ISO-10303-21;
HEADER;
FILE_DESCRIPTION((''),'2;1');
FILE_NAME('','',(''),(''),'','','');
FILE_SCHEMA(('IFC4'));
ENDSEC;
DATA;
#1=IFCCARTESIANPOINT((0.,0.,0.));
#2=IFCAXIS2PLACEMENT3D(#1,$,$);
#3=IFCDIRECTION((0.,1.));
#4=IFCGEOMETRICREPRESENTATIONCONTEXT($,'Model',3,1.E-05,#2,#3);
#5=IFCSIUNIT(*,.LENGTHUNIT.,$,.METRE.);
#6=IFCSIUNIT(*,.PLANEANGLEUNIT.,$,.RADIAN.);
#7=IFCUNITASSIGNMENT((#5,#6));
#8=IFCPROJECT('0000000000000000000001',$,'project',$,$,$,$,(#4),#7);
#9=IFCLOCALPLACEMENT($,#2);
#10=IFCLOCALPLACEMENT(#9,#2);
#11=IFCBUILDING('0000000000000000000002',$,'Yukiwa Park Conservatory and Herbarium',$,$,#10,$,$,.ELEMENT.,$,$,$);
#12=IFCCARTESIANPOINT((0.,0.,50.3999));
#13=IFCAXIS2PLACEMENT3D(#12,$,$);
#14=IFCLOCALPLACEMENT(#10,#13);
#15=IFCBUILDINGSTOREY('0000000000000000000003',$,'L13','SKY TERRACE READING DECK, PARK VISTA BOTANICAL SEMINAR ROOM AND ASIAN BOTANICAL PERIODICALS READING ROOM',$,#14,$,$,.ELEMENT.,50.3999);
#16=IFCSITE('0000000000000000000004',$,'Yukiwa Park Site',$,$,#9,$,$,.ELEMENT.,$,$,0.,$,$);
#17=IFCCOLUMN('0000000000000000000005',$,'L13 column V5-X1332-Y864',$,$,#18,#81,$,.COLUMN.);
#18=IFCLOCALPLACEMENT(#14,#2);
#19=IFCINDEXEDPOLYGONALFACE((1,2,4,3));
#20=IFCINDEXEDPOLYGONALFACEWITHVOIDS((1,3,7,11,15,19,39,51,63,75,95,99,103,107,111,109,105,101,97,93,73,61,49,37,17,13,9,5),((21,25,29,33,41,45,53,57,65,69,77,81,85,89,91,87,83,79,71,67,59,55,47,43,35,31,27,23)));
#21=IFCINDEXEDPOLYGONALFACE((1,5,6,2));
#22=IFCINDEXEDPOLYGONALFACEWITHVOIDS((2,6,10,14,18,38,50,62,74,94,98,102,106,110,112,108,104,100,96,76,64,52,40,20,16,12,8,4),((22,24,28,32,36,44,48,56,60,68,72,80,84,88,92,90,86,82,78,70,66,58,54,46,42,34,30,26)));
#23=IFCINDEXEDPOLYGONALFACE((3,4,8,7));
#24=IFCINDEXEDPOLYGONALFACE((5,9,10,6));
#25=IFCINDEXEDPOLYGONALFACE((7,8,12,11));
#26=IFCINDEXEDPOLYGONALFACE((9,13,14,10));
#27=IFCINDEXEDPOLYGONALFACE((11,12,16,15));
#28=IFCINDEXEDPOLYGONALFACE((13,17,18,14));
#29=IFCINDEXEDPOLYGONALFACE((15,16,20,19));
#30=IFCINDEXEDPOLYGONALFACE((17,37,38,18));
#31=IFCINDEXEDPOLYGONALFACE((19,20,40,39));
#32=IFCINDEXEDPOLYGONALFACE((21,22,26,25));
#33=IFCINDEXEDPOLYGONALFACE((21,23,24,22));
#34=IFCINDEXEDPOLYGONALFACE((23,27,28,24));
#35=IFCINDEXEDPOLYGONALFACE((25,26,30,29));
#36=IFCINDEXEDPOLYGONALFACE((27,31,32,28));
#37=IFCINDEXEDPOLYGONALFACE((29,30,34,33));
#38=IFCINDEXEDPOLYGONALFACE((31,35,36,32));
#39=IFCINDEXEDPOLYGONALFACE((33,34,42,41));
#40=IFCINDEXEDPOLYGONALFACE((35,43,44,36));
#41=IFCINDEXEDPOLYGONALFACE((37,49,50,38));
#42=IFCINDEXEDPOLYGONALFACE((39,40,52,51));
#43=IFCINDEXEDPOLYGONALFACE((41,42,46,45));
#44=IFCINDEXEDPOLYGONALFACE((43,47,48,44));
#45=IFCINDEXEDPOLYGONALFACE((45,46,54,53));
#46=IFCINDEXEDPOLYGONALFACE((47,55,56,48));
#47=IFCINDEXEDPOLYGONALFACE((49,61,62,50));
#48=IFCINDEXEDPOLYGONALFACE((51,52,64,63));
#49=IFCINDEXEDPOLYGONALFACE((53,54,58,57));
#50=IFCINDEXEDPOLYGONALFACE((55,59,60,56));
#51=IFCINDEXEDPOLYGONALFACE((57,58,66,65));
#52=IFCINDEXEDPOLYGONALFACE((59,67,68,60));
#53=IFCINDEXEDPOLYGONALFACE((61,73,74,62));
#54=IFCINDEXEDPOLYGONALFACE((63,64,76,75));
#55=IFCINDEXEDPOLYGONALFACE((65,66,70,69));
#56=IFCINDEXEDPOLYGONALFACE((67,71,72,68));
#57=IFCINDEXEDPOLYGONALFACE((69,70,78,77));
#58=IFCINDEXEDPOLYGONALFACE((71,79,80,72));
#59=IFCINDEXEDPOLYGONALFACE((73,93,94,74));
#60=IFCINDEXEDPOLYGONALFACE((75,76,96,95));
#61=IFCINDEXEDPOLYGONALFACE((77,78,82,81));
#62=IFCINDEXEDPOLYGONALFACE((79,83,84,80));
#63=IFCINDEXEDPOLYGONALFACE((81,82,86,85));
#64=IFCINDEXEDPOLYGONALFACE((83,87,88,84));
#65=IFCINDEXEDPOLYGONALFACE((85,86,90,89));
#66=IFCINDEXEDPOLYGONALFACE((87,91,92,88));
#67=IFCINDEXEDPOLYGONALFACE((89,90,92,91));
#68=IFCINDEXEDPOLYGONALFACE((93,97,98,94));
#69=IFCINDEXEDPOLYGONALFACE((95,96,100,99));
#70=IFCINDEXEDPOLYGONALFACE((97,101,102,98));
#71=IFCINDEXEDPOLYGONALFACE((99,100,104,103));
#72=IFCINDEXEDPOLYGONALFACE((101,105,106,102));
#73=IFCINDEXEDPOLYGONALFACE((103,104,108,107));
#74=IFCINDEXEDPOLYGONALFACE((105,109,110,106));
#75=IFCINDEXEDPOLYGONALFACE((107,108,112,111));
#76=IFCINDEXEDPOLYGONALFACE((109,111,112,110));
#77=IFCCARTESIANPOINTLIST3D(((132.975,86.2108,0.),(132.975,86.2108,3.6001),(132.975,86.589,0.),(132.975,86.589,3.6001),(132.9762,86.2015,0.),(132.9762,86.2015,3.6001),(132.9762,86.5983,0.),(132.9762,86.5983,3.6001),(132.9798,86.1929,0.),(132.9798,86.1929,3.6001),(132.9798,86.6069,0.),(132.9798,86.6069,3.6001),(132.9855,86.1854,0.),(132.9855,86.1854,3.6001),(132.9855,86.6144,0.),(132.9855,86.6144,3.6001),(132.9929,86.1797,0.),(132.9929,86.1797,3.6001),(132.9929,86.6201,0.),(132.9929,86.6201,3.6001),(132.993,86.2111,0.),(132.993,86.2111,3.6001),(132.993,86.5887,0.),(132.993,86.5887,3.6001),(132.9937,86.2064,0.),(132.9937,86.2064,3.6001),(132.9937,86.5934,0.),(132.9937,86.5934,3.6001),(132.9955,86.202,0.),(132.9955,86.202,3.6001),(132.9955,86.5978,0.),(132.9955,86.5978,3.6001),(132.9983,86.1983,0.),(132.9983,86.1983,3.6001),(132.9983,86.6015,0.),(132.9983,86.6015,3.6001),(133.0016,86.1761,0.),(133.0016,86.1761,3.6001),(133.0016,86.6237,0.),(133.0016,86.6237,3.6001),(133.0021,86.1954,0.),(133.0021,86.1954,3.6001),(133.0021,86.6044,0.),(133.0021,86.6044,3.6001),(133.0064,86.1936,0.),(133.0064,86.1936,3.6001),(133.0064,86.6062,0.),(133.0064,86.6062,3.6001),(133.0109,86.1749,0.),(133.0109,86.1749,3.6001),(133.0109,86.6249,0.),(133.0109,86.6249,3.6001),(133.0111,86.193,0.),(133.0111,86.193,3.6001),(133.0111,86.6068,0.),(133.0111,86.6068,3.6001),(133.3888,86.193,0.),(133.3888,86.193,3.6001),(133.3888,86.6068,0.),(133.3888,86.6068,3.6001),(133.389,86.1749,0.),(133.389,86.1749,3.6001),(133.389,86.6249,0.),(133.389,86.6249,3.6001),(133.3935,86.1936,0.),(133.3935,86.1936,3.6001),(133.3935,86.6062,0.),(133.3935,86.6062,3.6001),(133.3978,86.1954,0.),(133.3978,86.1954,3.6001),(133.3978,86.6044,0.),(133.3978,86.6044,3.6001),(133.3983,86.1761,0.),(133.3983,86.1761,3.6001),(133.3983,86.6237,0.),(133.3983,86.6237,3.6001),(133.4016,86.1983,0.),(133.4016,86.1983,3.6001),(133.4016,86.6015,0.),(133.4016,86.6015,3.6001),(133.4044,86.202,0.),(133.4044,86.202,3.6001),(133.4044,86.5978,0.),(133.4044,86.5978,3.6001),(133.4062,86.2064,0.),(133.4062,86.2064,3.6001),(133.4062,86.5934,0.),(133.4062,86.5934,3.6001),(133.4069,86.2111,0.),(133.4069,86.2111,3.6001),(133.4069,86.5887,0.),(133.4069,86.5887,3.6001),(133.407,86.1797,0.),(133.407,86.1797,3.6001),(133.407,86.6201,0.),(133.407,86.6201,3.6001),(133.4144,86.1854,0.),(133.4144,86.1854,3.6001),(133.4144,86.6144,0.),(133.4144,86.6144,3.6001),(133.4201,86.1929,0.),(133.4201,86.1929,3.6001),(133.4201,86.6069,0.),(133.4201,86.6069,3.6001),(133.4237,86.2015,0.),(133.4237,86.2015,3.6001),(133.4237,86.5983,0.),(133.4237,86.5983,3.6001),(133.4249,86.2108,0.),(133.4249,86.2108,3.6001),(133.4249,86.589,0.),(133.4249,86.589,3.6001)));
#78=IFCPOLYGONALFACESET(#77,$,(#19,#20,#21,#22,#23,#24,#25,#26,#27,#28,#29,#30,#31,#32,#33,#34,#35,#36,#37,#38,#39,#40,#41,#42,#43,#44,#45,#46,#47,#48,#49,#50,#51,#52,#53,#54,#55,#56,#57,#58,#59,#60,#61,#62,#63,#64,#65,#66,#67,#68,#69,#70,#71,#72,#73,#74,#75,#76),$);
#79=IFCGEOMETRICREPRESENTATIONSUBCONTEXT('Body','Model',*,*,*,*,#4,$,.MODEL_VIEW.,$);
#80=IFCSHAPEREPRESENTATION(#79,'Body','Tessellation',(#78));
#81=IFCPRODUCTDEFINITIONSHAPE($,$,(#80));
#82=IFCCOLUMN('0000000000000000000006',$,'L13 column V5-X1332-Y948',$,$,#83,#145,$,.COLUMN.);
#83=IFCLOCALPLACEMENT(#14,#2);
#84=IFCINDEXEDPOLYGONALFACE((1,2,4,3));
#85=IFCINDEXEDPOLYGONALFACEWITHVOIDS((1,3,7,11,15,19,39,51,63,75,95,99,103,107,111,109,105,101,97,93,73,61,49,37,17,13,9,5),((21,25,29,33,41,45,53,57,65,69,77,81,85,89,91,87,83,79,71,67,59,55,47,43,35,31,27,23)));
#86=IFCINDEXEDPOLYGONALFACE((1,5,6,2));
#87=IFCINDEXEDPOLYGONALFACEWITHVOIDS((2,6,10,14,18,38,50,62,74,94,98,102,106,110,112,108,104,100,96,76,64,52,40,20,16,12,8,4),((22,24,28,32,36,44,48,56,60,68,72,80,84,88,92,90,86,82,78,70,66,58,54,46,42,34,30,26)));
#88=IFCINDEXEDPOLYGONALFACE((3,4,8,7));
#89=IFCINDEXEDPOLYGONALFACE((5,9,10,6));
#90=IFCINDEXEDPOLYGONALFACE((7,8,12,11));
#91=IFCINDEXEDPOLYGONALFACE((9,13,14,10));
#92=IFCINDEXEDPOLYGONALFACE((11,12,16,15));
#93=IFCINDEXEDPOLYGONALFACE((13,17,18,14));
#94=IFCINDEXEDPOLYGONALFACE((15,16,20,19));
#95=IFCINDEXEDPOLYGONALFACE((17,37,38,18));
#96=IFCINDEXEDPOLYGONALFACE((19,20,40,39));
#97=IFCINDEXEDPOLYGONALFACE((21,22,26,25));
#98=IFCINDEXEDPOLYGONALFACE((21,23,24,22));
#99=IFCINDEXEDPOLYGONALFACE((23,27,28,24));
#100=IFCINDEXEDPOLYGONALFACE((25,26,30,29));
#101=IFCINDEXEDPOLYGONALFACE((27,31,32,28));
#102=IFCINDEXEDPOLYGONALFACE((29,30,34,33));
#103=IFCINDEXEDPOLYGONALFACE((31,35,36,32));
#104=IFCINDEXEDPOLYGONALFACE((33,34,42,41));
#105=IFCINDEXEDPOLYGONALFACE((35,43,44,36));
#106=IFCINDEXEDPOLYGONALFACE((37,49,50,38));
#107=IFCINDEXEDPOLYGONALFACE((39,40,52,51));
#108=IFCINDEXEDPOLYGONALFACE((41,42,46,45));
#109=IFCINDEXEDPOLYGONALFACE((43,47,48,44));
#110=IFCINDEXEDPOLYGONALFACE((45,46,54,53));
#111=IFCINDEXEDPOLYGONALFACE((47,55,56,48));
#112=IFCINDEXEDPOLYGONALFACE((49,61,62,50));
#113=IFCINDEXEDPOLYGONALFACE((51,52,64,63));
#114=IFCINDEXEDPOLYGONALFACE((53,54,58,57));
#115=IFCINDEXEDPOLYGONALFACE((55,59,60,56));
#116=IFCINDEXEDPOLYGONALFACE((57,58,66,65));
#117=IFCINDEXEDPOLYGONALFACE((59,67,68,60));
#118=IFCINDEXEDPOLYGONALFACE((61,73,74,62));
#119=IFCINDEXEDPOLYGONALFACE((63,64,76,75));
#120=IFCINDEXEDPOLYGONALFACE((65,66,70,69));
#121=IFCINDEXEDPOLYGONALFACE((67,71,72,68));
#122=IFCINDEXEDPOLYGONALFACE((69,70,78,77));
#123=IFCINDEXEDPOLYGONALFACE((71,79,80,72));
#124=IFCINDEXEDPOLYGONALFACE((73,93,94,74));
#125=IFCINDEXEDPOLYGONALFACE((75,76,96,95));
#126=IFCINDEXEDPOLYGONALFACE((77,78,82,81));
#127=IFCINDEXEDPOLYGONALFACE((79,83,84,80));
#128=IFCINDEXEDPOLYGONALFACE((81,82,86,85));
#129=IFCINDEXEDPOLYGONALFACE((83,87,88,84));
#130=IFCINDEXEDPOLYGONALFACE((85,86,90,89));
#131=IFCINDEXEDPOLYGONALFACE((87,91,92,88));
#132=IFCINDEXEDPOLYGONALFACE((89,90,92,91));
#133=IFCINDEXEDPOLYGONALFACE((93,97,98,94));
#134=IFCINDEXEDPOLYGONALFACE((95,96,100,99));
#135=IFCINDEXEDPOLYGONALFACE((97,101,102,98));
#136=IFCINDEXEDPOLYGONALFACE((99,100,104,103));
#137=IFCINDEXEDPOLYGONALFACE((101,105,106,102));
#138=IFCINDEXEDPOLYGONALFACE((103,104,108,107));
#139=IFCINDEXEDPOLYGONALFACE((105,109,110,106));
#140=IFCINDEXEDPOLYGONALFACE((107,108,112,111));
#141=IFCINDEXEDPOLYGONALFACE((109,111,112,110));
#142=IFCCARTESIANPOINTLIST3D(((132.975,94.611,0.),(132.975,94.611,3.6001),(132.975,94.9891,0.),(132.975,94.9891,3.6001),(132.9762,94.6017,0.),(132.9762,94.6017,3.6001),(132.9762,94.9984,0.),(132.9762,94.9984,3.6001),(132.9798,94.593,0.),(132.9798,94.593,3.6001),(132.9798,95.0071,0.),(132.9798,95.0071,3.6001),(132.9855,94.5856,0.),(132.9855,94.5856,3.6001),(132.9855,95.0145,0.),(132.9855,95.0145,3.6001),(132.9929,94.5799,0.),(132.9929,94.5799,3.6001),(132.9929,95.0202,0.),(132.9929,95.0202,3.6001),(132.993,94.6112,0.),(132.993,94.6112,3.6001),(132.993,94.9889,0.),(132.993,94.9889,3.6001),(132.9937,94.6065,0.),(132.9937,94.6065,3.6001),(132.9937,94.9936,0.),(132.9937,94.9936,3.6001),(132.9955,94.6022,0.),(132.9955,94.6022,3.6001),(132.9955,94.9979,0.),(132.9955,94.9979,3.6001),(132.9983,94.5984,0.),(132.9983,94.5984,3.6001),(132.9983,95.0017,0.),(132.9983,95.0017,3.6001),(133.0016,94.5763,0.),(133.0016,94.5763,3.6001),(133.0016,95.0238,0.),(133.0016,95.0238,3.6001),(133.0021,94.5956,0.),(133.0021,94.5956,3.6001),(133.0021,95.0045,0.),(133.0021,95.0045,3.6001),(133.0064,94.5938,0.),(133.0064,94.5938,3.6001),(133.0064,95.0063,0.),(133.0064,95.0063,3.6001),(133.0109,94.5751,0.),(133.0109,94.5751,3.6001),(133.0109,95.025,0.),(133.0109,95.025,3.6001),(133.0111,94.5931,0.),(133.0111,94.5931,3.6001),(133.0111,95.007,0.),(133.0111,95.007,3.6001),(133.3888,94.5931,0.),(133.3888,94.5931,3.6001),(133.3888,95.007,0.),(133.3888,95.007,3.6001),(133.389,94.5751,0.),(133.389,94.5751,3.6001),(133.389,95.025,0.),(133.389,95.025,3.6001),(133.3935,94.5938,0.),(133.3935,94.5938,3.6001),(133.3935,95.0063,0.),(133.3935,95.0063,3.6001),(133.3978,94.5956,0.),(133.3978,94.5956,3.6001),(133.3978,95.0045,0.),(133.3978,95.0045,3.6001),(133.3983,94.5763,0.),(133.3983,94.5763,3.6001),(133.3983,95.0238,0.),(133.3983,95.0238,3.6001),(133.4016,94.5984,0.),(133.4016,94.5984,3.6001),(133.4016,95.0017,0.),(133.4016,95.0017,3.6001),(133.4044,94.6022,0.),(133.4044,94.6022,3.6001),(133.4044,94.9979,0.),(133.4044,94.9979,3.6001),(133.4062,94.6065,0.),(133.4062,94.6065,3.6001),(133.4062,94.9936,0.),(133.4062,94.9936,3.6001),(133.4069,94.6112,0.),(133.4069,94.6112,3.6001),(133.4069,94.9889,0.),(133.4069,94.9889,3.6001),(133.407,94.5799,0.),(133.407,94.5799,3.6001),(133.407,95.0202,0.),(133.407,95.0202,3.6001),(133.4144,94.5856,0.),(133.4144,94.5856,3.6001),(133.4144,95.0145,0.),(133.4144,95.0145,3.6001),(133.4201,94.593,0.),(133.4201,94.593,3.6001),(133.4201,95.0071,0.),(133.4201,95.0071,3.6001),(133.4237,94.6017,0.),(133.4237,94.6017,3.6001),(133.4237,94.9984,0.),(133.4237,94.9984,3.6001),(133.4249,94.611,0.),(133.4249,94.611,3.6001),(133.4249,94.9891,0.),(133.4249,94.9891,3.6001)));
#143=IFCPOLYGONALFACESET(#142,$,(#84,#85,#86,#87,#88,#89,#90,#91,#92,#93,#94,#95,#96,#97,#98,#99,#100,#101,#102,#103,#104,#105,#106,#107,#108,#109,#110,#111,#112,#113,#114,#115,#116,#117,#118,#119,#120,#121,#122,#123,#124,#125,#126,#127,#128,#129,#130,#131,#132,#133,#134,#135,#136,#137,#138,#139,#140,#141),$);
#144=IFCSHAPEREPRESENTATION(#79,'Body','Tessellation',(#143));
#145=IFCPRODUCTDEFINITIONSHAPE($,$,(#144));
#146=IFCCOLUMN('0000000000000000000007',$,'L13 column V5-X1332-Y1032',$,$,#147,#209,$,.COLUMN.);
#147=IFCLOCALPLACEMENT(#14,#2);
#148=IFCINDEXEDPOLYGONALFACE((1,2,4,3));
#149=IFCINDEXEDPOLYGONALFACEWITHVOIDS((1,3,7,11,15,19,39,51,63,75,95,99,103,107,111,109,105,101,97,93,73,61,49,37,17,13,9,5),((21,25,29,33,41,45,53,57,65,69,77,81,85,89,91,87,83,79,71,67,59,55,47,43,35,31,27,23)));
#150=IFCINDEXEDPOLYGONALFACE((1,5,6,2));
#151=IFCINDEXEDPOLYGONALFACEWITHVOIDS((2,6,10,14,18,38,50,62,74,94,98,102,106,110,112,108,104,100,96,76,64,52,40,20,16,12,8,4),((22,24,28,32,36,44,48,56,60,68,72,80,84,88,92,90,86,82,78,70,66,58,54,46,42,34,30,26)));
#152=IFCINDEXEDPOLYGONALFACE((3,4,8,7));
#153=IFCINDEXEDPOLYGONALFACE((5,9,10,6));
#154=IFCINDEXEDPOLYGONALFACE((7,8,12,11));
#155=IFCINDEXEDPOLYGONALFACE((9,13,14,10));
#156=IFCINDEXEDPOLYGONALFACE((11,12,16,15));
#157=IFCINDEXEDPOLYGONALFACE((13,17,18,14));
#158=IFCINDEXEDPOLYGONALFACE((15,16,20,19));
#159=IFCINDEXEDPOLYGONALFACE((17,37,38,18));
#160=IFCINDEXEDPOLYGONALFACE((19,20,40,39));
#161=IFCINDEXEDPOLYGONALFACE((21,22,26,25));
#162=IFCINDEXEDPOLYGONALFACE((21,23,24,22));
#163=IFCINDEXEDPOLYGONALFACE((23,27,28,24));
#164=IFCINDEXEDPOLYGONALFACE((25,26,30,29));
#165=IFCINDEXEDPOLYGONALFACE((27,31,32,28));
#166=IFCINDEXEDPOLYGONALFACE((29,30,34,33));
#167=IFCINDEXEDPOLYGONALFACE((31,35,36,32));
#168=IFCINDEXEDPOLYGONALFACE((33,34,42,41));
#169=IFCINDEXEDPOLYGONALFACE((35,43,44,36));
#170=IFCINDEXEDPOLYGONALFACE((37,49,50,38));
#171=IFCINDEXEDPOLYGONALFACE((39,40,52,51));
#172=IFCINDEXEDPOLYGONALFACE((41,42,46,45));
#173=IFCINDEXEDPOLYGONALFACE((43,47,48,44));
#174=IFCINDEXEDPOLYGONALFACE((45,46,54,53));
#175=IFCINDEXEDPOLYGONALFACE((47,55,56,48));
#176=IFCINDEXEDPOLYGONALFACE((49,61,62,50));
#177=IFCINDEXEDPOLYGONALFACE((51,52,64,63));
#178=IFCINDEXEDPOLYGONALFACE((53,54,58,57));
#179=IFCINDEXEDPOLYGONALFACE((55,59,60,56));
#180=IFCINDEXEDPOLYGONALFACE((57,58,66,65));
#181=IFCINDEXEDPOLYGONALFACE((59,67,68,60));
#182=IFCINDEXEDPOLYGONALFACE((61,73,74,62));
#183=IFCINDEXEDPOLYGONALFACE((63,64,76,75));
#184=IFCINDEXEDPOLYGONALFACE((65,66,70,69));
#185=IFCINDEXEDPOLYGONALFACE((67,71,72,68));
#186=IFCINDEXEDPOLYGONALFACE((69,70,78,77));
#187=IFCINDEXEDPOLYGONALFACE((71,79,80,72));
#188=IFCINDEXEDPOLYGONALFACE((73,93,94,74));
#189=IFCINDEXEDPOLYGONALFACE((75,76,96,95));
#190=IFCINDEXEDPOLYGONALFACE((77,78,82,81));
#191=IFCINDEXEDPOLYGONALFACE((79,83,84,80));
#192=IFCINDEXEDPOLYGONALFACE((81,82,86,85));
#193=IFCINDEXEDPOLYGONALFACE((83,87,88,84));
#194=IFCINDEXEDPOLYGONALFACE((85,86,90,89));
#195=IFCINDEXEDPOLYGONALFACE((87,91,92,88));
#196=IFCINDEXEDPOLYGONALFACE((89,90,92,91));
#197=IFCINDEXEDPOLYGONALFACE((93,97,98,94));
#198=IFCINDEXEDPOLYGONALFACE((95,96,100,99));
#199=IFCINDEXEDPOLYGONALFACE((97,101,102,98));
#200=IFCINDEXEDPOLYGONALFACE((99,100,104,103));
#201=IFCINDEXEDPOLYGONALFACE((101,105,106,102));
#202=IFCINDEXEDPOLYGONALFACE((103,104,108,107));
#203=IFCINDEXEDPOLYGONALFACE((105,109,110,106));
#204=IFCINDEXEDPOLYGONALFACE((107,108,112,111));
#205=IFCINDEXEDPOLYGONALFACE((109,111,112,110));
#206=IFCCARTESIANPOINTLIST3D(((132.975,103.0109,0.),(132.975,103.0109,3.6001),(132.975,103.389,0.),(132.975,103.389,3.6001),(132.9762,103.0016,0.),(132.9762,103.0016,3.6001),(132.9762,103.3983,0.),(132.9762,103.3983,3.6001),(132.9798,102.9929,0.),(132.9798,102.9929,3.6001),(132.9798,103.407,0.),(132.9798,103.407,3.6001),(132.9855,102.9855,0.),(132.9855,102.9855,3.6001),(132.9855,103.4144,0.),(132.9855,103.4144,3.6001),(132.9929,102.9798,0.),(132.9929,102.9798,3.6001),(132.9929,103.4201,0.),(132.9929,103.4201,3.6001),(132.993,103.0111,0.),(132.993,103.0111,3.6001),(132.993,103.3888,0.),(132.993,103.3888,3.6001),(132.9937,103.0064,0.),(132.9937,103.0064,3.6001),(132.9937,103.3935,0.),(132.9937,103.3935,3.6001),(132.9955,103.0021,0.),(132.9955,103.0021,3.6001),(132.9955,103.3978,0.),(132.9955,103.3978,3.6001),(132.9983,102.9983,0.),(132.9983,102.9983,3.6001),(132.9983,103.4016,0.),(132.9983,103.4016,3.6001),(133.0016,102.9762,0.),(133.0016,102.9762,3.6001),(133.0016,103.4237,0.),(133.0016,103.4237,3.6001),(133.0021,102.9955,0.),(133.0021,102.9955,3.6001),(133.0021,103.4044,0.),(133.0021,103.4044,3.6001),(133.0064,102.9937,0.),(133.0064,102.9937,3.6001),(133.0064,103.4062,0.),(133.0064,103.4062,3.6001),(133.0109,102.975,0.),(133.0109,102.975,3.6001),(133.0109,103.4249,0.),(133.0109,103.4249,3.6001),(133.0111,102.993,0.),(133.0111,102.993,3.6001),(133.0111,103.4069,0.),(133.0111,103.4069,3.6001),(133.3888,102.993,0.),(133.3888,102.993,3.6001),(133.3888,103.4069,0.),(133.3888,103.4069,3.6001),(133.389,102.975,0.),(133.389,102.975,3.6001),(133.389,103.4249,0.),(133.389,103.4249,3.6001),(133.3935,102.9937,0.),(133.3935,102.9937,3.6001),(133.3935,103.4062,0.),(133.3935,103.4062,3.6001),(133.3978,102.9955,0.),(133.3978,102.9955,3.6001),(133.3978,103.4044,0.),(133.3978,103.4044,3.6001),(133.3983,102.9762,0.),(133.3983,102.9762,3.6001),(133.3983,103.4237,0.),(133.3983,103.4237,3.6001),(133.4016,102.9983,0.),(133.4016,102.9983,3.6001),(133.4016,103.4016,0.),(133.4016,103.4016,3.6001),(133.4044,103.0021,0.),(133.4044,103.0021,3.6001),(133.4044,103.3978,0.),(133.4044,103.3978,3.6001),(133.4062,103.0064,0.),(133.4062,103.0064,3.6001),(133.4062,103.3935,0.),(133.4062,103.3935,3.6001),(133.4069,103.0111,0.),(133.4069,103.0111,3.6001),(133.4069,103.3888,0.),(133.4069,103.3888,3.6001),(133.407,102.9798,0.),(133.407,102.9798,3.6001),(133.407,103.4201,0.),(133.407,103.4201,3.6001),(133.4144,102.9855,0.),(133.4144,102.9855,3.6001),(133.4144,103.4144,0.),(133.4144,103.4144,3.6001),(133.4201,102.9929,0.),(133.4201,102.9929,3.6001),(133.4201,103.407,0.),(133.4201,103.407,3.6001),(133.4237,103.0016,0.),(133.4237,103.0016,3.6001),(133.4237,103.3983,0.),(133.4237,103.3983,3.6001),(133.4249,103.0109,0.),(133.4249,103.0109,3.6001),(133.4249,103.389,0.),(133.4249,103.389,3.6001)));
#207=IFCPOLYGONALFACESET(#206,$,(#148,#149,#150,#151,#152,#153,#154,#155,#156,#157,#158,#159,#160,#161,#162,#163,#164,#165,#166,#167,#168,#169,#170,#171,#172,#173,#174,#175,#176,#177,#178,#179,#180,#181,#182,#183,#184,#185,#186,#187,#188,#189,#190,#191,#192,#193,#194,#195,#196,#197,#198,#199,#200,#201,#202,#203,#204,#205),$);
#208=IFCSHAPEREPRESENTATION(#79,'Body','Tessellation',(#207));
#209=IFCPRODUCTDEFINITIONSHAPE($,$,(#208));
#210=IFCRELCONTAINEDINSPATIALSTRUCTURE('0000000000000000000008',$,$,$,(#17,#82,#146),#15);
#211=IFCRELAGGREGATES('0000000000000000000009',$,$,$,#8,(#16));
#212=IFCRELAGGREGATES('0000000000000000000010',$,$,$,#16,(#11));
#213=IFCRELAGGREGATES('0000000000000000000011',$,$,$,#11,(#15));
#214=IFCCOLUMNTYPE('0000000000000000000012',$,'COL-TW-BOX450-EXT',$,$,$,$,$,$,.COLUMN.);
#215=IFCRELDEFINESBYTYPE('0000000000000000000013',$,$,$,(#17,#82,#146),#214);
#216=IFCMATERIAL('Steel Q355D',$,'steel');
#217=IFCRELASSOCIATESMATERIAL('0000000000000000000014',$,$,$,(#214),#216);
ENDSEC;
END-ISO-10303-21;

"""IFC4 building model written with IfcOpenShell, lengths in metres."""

from ifc_helpers import new_model, si_unit, direction, frame, origin, origin_2d, place, context, subcontext, project, spatial, hollow_rectangle, extrude, material, material_profile, profile_set, type_object, element, save


model = new_model("IFC4")

# Units and contexts
model_context = context("Model", 3, precision=1e-05, world=origin(), true_north=direction((0.0, 1.0)))
body_context = subcontext(model_context, "Body", "Model", "MODEL_VIEW")
ifc_project = project(units=[si_unit("LENGTHUNIT", "METRE"), si_unit("PLANEANGLEUNIT", "RADIAN")], contexts=[model_context])

# Site, building, storey
site_placement = place(None, origin())
site = spatial("IfcSite", under=ifc_project, at=site_placement, Name="Yukiwa Park Site", CompositionType="ELEMENT", RefElevation=0.0)
building_placement = place(site_placement, origin())
building = spatial("IfcBuilding", under=site, at=building_placement, Name="Yukiwa Park Conservatory and Herbarium", CompositionType="ELEMENT")
storey_placement = place(building_placement, frame((0.0, 0.0, 50.3999)))
storey = spatial("IfcBuildingStorey", under=building, at=storey_placement, Name="L13", Description="SKY TERRACE READING DECK, PARK VISTA BOTANICAL SEMINAR ROOM AND ASIAN BOTANICAL PERIODICALS READING ROOM", CompositionType="ELEMENT", Elevation=50.3999)

# Columns
ifc_material_1 = material(Name="Steel Q355D", Category="steel")
ifc_material_profile_1 = material_profile(ifc_material_1, hollow_rectangle(XDim=0.45, YDim=0.45, WallThickness=0.0181, InnerFilletRadius=0.0181, OuterFilletRadius=0.0359, at=origin_2d()), Name="BOX 450x450x18")
ifc_profile_set_1 = profile_set([ifc_material_profile_1], Name="Steel Q355D")
column_type = type_object("IfcColumnType", Name="COL-TW-BOX450-EXT", PredefinedType="COLUMN", material=ifc_profile_set_1)
for number, where, z_axis, x_axis, name in (
    (1, (133.2, 86.3999, 0.0), (0.0, 0.0, 1.0), (1.0, 0.0, 0.0), "L13 column V5-X1332-Y864"),
    (2, (133.2, 94.8, 0.0), (0.0, 0.0, 1.0), (1.0, 0.0, 0.0), "L13 column V5-X1332-Y948"),
    (3, (133.2, 103.2, 0.0), (0.0, 0.0, 1.0), (1.0, 0.0, 0.0), "L13 column V5-X1332-Y1032"),
):
    element("IfcColumn", number, at=place(storey_placement, frame(where, z_axis=z_axis, x_axis=x_axis)), inside=storey, type_object=column_type, Name=name, PredefinedType="COLUMN", context=body_context, shape_type="SweptSolid", body=[
        extrude(hollow_rectangle(XDim=0.45, YDim=0.45, WallThickness=0.0181, InnerFilletRadius=0.0181, OuterFilletRadius=0.0359, at=origin_2d()), origin(), (0.0, 0.0, 1.0), 3.6001),
    ])

save(model, "model.ifc")
